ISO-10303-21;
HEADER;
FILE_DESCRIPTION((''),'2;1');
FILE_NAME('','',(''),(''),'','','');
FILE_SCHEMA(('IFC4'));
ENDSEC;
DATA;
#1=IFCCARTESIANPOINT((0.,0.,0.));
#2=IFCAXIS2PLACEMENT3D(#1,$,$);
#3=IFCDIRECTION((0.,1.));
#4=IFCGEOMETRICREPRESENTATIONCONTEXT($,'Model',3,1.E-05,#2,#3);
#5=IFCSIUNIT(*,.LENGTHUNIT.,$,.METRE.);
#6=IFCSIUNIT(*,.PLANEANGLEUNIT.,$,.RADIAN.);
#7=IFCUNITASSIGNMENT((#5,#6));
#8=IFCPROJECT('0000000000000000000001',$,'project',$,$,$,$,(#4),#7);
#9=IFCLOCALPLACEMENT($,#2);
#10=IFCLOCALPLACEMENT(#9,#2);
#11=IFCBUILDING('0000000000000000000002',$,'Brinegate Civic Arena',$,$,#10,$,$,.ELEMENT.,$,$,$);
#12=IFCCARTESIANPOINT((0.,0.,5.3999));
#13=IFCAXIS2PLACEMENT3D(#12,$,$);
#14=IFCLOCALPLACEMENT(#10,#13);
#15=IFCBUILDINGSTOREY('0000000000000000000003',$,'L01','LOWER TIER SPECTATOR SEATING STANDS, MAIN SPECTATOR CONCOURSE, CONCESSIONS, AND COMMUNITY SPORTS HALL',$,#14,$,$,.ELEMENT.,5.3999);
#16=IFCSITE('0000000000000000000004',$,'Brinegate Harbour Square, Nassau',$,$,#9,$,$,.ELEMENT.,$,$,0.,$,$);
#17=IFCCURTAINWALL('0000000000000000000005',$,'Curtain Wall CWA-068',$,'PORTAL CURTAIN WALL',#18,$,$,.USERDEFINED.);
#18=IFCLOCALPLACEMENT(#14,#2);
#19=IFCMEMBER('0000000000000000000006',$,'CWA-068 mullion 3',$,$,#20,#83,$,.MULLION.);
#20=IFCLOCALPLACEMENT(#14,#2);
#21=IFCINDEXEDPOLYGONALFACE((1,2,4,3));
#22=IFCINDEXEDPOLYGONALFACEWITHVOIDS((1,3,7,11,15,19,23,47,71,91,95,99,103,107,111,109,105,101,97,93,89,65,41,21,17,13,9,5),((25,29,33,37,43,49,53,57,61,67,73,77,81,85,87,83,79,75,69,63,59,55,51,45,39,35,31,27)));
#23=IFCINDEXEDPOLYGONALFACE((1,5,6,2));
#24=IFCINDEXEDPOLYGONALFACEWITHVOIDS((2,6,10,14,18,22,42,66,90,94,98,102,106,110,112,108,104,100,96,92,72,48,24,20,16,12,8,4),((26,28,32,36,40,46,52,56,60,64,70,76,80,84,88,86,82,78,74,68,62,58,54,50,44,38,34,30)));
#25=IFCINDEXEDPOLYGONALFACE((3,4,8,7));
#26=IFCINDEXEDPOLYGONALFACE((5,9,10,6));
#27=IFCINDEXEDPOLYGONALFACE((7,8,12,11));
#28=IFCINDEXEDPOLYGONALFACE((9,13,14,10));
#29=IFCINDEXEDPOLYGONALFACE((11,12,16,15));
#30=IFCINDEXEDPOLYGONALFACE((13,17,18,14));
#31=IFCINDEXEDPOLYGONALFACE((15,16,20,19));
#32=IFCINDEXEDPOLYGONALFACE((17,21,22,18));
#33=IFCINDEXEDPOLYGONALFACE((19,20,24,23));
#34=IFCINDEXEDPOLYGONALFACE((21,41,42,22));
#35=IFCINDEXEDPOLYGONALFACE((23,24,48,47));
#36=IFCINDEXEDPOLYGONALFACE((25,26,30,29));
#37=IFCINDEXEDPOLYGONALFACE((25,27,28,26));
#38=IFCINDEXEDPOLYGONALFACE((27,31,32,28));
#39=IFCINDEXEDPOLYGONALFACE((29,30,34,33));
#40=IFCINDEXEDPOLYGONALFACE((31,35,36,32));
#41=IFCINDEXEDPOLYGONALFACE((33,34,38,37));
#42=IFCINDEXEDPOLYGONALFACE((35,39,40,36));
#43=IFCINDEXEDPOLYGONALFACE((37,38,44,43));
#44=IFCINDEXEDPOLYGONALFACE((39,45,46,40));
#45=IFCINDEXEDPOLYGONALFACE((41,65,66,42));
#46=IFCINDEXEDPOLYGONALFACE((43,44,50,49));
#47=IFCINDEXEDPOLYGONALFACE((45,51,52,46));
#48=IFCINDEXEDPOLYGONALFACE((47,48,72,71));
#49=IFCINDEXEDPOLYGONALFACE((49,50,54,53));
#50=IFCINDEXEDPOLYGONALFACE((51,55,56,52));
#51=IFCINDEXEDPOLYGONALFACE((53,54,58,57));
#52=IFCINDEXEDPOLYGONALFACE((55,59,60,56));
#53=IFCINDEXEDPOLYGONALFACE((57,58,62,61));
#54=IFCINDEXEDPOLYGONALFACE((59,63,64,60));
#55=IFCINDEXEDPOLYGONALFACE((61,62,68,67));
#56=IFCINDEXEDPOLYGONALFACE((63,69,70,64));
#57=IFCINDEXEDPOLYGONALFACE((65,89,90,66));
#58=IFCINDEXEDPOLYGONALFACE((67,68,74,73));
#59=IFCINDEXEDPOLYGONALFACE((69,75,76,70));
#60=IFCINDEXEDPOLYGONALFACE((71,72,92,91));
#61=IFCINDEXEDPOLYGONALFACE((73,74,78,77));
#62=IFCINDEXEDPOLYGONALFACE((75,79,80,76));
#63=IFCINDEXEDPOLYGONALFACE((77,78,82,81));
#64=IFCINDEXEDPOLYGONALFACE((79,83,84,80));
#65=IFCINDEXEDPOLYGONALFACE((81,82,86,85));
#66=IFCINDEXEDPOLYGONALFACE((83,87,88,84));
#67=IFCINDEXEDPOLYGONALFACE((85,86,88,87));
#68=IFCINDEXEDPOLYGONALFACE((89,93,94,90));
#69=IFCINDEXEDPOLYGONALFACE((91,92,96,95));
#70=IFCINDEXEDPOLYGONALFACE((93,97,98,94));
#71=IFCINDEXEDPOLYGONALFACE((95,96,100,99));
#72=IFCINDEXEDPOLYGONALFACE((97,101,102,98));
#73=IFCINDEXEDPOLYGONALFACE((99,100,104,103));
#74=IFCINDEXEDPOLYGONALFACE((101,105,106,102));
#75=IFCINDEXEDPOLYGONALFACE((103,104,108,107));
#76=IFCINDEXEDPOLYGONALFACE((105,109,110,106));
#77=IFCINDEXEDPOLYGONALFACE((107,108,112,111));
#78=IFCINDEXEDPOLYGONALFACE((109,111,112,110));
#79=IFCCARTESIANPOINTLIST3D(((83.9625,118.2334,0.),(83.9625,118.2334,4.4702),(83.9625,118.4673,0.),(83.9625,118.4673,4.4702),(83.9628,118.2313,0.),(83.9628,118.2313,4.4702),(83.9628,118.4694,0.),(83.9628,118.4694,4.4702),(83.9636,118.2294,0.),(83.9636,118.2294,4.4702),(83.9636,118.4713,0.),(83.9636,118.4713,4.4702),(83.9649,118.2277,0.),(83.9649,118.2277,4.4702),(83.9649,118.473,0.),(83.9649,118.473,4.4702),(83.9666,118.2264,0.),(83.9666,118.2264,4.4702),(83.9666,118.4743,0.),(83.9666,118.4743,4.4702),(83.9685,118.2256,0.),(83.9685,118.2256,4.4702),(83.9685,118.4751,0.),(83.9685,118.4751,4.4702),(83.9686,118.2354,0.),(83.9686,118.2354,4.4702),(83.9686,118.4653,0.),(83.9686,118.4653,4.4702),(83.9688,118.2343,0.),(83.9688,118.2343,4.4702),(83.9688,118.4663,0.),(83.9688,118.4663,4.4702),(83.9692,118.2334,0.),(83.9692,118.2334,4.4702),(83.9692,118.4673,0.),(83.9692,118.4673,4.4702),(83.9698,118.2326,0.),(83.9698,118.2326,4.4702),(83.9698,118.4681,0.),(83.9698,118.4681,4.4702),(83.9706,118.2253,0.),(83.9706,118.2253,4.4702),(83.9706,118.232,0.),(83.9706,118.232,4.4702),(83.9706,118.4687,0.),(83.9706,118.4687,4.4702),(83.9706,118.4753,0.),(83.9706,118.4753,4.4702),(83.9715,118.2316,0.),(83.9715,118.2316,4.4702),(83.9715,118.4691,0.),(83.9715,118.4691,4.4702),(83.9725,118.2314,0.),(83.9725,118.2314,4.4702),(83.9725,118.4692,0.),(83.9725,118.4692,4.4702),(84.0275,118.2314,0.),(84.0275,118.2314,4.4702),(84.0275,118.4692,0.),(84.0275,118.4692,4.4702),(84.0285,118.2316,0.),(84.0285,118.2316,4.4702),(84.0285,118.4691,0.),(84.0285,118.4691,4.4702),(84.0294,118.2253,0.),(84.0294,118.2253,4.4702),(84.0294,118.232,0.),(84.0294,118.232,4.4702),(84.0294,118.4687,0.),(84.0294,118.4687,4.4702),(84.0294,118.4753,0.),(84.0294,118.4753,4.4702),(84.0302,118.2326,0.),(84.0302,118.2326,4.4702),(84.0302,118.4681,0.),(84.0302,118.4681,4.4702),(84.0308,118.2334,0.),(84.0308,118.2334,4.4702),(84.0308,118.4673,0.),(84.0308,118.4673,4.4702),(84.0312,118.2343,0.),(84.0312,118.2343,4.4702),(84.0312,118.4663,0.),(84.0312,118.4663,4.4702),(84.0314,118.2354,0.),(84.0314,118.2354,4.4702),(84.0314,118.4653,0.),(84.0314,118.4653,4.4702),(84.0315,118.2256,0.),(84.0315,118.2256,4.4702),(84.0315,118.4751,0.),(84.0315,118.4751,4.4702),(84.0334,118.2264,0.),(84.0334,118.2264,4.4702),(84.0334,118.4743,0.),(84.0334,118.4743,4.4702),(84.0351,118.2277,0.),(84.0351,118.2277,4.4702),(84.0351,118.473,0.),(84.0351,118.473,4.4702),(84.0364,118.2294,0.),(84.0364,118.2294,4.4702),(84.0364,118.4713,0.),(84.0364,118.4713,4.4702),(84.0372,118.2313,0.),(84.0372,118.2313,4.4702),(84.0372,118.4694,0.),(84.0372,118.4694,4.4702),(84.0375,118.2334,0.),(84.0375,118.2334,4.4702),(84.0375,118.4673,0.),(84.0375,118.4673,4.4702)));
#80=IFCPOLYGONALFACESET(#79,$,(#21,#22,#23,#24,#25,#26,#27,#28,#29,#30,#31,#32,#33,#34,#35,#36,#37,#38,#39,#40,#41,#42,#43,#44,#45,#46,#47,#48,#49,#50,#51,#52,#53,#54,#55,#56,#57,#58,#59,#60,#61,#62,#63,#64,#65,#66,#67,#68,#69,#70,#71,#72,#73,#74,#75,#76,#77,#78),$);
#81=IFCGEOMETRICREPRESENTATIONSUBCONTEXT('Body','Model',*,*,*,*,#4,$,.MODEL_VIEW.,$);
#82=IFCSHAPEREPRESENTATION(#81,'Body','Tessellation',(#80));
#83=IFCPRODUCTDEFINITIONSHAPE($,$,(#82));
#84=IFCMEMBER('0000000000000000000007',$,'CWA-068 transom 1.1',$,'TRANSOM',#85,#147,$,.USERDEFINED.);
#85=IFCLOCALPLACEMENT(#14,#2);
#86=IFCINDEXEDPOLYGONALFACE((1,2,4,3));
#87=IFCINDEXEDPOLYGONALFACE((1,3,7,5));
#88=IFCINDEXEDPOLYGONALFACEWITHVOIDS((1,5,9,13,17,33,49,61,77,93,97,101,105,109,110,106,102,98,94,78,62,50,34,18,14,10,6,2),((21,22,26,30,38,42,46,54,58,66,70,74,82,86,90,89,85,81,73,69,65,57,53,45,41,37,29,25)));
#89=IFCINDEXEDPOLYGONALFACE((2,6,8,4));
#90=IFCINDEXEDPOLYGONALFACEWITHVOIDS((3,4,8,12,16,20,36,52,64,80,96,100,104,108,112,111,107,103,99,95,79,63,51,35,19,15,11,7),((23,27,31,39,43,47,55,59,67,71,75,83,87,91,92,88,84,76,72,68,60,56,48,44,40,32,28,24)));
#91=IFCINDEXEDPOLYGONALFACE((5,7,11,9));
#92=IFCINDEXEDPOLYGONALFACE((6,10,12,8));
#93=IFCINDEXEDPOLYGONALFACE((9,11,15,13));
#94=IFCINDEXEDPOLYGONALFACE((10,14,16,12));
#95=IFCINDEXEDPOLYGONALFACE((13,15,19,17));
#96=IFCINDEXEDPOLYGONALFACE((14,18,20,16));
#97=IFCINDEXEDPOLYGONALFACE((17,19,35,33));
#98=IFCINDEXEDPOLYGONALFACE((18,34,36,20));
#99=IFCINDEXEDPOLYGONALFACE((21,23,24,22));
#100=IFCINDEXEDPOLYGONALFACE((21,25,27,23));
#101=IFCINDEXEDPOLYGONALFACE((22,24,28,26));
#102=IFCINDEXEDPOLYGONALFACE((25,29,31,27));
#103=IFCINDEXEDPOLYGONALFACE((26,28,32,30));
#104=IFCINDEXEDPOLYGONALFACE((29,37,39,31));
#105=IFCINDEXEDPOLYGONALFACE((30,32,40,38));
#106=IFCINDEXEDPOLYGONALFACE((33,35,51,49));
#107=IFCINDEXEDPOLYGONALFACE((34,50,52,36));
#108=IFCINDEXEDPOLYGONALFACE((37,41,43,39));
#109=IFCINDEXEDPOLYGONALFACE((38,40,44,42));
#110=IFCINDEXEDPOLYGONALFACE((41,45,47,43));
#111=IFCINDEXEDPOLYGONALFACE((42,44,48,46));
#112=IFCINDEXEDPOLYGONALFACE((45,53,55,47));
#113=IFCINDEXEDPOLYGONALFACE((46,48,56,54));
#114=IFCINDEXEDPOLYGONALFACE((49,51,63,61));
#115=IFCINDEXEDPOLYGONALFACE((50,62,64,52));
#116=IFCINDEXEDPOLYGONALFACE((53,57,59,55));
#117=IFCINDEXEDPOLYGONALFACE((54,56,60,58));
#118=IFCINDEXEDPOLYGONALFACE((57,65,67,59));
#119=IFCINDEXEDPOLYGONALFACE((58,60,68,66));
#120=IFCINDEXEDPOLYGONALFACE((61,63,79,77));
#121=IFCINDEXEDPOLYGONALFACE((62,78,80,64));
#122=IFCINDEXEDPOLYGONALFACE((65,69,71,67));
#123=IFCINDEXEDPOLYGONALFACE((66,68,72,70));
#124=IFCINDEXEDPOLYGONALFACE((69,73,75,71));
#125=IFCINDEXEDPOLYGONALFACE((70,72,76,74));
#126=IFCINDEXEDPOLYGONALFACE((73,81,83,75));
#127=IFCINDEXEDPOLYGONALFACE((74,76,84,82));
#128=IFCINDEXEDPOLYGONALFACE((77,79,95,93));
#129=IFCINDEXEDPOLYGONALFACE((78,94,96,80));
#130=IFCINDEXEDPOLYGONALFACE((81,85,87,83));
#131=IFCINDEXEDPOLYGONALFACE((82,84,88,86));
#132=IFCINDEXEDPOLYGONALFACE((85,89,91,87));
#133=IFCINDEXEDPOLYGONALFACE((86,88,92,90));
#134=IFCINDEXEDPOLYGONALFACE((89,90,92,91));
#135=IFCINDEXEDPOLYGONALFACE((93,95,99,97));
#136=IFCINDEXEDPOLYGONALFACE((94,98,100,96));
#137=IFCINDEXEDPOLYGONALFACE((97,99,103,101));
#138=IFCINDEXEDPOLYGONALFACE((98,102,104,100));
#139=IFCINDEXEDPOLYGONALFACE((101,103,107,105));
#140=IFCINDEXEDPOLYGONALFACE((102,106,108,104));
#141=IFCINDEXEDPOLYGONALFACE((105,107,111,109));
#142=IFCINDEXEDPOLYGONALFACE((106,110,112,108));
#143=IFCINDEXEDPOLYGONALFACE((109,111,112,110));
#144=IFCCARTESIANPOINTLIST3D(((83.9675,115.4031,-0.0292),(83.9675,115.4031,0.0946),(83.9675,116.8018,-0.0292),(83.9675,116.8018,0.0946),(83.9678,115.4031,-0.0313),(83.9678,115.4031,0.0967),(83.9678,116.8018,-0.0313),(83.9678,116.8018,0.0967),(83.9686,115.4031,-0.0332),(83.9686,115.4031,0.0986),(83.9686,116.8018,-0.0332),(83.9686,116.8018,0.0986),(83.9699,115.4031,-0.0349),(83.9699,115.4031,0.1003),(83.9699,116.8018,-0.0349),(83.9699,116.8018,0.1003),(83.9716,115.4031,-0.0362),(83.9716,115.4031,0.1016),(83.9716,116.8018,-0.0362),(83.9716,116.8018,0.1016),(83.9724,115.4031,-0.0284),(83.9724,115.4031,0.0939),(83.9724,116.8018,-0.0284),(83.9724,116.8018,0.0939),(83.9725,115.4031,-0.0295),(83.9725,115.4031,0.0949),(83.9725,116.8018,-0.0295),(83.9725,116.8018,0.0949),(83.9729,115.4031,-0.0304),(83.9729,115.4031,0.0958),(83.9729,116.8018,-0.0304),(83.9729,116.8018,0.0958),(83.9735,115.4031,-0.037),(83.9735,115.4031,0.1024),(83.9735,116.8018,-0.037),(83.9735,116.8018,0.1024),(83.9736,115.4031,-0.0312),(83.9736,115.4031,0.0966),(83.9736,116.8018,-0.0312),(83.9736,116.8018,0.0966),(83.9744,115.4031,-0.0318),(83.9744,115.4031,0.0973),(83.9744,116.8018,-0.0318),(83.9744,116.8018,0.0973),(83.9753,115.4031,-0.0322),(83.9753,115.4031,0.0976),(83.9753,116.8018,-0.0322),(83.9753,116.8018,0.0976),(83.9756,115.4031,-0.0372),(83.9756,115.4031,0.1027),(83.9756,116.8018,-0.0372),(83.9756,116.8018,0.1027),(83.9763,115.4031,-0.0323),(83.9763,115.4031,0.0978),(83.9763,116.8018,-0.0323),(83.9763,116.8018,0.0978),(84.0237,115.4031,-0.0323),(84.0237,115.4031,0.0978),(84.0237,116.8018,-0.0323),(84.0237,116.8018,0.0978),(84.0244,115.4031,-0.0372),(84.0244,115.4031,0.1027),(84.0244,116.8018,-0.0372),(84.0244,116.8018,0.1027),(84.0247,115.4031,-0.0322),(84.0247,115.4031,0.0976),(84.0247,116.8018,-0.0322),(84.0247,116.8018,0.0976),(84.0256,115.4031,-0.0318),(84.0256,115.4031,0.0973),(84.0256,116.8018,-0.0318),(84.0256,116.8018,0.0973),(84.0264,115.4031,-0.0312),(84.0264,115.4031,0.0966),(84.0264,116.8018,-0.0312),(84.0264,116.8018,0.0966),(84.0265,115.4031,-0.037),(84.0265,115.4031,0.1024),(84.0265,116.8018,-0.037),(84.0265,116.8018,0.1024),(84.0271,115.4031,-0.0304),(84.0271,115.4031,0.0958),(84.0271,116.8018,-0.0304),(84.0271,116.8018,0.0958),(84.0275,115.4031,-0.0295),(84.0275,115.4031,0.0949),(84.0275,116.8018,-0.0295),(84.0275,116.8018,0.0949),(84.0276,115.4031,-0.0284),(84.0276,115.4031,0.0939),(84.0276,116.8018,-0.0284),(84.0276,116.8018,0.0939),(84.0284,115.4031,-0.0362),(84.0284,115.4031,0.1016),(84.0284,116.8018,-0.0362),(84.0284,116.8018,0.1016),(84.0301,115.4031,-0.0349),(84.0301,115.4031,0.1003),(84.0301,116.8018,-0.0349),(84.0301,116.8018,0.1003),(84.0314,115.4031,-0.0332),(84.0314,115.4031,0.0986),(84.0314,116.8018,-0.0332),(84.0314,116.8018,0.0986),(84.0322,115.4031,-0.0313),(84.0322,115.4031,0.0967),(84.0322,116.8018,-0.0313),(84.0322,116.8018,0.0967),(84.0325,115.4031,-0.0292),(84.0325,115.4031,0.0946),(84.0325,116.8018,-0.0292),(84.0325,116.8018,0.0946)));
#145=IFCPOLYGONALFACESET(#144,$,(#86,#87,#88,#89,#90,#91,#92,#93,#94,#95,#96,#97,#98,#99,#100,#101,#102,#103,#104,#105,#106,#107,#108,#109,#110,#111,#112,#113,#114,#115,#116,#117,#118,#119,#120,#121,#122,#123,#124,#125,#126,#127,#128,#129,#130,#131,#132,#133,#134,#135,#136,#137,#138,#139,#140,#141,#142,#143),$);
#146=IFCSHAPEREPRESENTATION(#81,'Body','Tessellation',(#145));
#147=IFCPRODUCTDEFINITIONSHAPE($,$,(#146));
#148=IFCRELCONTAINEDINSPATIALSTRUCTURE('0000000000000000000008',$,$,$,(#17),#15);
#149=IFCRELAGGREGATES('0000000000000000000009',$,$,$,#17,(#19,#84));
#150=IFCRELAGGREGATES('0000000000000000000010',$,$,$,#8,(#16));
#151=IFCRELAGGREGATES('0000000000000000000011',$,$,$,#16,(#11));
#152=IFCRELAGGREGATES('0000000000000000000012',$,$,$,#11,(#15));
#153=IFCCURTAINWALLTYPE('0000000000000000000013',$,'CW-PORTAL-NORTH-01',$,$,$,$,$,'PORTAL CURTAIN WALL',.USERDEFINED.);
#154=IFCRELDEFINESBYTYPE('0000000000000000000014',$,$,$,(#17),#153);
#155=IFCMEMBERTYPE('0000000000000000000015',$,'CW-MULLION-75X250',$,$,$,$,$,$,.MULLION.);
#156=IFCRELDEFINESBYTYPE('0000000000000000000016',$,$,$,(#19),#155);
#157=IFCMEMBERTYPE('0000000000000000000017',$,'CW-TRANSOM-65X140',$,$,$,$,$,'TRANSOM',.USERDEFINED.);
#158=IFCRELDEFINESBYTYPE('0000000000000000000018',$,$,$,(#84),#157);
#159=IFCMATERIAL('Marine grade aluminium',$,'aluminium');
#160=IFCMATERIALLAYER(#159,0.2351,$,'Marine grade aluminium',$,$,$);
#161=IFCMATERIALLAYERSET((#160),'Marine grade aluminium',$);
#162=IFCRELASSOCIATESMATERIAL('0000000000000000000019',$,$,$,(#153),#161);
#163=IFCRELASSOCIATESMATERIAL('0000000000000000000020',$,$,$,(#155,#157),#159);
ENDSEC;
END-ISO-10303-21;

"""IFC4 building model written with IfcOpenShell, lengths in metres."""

from ifc_helpers import new_model, si_unit, direction, frame, origin, origin_2d, place, context, subcontext, project, spatial, hollow_rectangle, extrude, material, layer, layer_set, material_profile, profile_set, type_object, element, aggregate, save


model = new_model("IFC4")

# Units and contexts
model_context = context("Model", 3, precision=1e-05, world=origin(), true_north=direction((0.0, 1.0)))
body_context = subcontext(model_context, "Body", "Model", "MODEL_VIEW")
ifc_project = project(units=[si_unit("LENGTHUNIT", "METRE"), si_unit("PLANEANGLEUNIT", "RADIAN")], contexts=[model_context])

# Site, building, storey
site_placement = place(None, origin())
site = spatial("IfcSite", under=ifc_project, at=site_placement, Name="Brinegate Harbour Square, Nassau", CompositionType="ELEMENT", RefElevation=0.0)
building_placement = place(site_placement, origin())
building = spatial("IfcBuilding", under=site, at=building_placement, Name="Brinegate Civic Arena", CompositionType="ELEMENT")
storey_placement = place(building_placement, frame((0.0, 0.0, 5.3999)))
storey = spatial("IfcBuildingStorey", under=building, at=storey_placement, Name="L01", Description="LOWER TIER SPECTATOR SEATING STANDS, MAIN SPECTATOR CONCOURSE, CONCESSIONS, AND COMMUNITY SPORTS HALL", CompositionType="ELEMENT", Elevation=5.3999)

# Curtain wall, members
ifc_material_1 = material(Name="Marine grade aluminium", Category="aluminium")
ifc_layer_1 = layer(ifc_material_1, 0.2351, Name="Marine grade aluminium")
ifc_layer_set_1 = layer_set([ifc_layer_1], Name="Marine grade aluminium")
curtain_wall_type = type_object("IfcCurtainWallType", Name="CW-PORTAL-NORTH-01", ElementType="PORTAL CURTAIN WALL", PredefinedType="USERDEFINED", material=ifc_layer_set_1)
curtain_wall_placement = place(storey_placement, origin())
curtain_wall = element("IfcCurtainWall", 1, at=curtain_wall_placement, inside=storey, type_object=curtain_wall_type, Name="Curtain Wall CWA-068", ObjectType="PORTAL CURTAIN WALL", PredefinedType="USERDEFINED")
ifc_material_profile_1 = material_profile(ifc_material_1, hollow_rectangle(XDim=0.075, YDim=0.25, WallThickness=0.0061, InnerFilletRadius=0.0039, OuterFilletRadius=0.0081, at=origin_2d()), Name="MUL75X250")
ifc_profile_set_1 = profile_set([ifc_material_profile_1], Name="Marine grade aluminium")
member_type_1 = type_object("IfcMemberType", Name="CW-MULLION-75X250", PredefinedType="MULLION", material=ifc_profile_set_1)
member_1_placement = place(storey_placement, frame((84.0, 118.3503, 0.0), z_axis=(0.0, 0.0, 1.0), x_axis=(-1.0, 0.0, 0.0)))
member_1 = element("IfcMember", 2, at=member_1_placement, type_object=member_type_1, Name="CWA-068 mullion 3", PredefinedType="MULLION", context=body_context, shape_type="SweptSolid", body=[
    extrude(hollow_rectangle(XDim=0.075, YDim=0.25, WallThickness=0.0061, InnerFilletRadius=0.0039, OuterFilletRadius=0.0081, at=origin_2d()), origin(), (0.0, 0.0, 1.0), 4.4702),
])
ifc_material_profile_2 = material_profile(ifc_material_1, hollow_rectangle(XDim=0.0649, YDim=0.1399, WallThickness=0.0049, InnerFilletRadius=0.0039, OuterFilletRadius=0.0081, at=origin_2d()), Name="TRN65X140")
ifc_profile_set_2 = profile_set([ifc_material_profile_2], Name="Marine grade aluminium")
member_type_2 = type_object("IfcMemberType", Name="CW-TRANSOM-65X140", ElementType="TRANSOM", PredefinedType="USERDEFINED", material=ifc_profile_set_2)
member_2_placement = place(storey_placement, frame((84.0, 115.4031, 0.0327), z_axis=(0.0, 1.0, 0.0), x_axis=(-1.0, 0.0, 0.0)))
member_2 = element("IfcMember", 3, at=member_2_placement, type_object=member_type_2, Name="CWA-068 transom 1.1", ObjectType="TRANSOM", PredefinedType="USERDEFINED", context=body_context, shape_type="SweptSolid", body=[
    extrude(hollow_rectangle(XDim=0.0649, YDim=0.1399, WallThickness=0.0049, InnerFilletRadius=0.0039, OuterFilletRadius=0.0081, at=origin_2d()), origin(), (0.0, 0.0, 1.0), 1.3987),
])

aggregate(curtain_wall, [member_1, member_2])

save(model, "model.ifc")
